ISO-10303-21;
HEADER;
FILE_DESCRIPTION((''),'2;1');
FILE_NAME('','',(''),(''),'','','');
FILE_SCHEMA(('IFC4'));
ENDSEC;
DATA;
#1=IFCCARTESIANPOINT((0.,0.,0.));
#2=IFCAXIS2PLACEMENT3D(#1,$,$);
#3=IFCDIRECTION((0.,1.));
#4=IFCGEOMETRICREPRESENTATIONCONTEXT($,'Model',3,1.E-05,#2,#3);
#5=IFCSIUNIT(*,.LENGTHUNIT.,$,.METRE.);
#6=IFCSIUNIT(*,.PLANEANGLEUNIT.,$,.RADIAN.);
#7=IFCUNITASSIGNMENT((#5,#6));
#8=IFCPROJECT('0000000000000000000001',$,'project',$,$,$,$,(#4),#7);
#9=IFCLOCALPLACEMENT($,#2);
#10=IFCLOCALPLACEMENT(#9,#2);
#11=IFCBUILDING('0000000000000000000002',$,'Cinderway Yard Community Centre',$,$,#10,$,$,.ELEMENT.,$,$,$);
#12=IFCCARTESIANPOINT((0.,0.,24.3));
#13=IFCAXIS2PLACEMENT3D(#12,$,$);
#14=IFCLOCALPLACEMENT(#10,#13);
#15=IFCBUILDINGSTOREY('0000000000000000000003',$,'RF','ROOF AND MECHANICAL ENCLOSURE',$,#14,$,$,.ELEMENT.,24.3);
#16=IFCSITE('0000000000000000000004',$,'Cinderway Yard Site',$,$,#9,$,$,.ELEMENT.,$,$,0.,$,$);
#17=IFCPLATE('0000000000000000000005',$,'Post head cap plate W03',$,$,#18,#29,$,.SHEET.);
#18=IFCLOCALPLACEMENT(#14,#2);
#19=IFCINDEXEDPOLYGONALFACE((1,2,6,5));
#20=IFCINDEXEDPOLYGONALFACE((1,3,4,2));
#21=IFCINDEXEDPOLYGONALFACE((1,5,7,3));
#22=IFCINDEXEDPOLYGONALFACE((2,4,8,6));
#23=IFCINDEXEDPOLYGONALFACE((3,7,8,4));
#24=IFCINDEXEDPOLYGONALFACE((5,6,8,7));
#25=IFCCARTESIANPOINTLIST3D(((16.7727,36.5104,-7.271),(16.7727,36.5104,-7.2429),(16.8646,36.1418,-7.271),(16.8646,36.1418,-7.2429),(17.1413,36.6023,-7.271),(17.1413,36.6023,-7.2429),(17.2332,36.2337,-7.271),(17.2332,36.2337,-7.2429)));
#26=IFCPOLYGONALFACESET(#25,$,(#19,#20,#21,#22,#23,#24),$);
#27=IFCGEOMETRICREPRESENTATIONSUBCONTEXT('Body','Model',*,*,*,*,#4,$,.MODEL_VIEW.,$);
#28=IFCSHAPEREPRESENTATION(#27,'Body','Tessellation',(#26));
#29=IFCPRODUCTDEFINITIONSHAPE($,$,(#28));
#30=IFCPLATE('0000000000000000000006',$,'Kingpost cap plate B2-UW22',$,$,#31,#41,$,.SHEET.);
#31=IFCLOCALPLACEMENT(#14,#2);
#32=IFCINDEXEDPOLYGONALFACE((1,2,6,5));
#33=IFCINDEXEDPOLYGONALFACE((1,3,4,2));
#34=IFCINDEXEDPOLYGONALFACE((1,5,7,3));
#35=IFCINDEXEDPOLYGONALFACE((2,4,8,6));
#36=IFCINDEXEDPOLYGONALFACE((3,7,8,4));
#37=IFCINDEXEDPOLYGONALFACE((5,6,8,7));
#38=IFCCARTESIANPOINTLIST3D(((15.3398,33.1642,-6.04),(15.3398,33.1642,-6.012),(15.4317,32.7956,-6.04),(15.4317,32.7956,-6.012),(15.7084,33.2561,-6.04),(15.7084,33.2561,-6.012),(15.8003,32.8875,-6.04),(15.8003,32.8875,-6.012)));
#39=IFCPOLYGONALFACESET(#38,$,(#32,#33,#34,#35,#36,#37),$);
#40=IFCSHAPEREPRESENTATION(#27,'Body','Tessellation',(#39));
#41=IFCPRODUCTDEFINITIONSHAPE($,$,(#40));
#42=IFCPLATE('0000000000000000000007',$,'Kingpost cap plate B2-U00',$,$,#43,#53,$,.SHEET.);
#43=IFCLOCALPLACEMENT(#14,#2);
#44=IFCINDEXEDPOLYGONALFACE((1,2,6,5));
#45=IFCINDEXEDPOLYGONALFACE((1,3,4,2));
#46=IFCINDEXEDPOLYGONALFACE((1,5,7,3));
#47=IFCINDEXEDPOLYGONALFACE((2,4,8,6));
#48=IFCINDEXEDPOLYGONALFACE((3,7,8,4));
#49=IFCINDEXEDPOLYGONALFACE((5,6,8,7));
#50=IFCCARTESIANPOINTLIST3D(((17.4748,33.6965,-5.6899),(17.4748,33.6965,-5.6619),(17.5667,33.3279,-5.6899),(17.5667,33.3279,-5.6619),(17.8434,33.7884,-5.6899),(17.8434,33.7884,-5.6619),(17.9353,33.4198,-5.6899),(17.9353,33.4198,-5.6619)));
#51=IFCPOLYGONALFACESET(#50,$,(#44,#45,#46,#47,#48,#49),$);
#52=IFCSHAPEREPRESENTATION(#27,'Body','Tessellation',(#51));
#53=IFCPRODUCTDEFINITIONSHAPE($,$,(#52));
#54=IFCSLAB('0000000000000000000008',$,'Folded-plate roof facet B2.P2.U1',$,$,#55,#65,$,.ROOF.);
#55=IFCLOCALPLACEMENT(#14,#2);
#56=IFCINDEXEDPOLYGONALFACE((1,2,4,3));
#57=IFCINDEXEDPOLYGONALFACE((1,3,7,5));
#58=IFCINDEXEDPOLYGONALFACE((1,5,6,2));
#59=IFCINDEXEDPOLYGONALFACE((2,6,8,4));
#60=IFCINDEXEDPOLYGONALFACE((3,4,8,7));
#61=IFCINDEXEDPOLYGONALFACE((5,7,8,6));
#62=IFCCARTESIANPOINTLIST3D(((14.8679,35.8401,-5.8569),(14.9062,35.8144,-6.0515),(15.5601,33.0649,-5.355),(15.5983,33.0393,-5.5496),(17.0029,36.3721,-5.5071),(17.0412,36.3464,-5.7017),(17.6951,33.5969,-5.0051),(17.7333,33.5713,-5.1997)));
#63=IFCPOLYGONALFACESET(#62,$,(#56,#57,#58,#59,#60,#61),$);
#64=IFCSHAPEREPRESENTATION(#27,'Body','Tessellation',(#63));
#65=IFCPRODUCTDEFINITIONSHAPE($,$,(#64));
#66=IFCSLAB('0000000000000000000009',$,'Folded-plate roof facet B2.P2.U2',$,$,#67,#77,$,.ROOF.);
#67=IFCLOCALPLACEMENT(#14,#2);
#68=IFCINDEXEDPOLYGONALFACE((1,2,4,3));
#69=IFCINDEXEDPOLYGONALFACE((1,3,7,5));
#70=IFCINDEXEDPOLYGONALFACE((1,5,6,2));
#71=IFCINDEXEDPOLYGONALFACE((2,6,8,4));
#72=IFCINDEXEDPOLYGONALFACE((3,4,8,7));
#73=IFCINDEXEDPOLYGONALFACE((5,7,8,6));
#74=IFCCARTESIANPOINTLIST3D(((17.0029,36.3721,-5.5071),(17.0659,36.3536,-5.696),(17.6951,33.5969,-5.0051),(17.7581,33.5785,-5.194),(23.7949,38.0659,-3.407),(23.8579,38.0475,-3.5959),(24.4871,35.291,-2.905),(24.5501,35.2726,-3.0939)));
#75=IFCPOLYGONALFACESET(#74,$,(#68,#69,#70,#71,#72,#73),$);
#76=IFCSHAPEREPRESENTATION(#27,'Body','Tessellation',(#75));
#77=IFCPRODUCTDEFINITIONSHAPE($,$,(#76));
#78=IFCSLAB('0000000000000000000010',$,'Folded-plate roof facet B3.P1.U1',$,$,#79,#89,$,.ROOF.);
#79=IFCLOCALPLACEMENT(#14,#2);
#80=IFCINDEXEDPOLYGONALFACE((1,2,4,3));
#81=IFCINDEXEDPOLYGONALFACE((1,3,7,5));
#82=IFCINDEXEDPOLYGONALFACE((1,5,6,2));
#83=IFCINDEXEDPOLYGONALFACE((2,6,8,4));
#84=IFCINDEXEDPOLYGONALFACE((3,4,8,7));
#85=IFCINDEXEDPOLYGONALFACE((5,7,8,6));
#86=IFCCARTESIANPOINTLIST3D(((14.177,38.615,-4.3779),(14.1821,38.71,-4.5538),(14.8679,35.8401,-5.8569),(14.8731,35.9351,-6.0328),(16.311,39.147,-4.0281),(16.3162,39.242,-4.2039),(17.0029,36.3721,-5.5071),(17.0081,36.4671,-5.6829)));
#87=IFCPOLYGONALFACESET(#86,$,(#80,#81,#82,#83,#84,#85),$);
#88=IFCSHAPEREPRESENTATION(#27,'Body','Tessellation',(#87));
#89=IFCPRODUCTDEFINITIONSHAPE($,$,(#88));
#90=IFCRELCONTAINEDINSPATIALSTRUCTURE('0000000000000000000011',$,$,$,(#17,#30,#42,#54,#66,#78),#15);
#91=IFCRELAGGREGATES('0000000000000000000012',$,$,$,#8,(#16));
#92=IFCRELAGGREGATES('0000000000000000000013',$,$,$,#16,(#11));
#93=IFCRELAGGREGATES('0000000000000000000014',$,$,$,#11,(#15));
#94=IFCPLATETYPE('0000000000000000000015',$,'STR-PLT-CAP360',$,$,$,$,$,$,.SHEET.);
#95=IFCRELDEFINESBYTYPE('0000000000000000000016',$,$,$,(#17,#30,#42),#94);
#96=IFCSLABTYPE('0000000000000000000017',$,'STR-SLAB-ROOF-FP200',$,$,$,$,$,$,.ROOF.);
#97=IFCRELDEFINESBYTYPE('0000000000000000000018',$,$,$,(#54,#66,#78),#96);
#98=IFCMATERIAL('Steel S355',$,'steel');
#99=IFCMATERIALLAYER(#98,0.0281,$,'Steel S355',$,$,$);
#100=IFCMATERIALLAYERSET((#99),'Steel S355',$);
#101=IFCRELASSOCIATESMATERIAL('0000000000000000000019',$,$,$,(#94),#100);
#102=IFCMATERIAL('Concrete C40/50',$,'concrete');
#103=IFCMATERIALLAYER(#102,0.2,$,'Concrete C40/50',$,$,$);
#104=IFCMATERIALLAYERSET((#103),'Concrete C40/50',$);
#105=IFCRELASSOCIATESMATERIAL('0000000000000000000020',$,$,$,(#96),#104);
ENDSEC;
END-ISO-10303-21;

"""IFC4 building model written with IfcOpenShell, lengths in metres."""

from ifc_helpers import new_model, si_unit, direction, frame, origin, origin_2d, place, context, subcontext, project, spatial, polyline, rectangle, outline, extrude, material, layer, layer_set, type_object, element, save


model = new_model("IFC4")

# Units and contexts
model_context = context("Model", 3, precision=1e-05, world=origin(), true_north=direction((0.0, 1.0)))
body_context = subcontext(model_context, "Body", "Model", "MODEL_VIEW")
ifc_project = project(units=[si_unit("LENGTHUNIT", "METRE"), si_unit("PLANEANGLEUNIT", "RADIAN")], contexts=[model_context])

# Site, building, storey
site_placement = place(None, origin())
site = spatial("IfcSite", under=ifc_project, at=site_placement, Name="Cinderway Yard Site", CompositionType="ELEMENT", RefElevation=0.0)
building_placement = place(site_placement, origin())
building = spatial("IfcBuilding", under=site, at=building_placement, Name="Cinderway Yard Community Centre", CompositionType="ELEMENT")
storey_placement = place(building_placement, frame((0.0, 0.0, 24.3)))
storey = spatial("IfcBuildingStorey", under=building, at=storey_placement, Name="RF", Description="ROOF AND MECHANICAL ENCLOSURE", CompositionType="ELEMENT", Elevation=24.3)

# Shared definitions
ifc_material_1 = material(Name="Steel S355", Category="steel")

# Shared definitions
ifc_material_2 = material(Name="Concrete C40/50", Category="concrete")

# Plates
ifc_layer_1 = layer(ifc_material_1, 0.0281, Name="Steel S355")
ifc_layer_set_1 = layer_set([ifc_layer_1], Name="Steel S355")
plate_type_1 = type_object("IfcPlateType", Name="STR-PLT-CAP360", PredefinedType="SHEET", material=ifc_layer_set_1)
for number, where, z_axis, x_axis, name in (
    (1, (17.0029, 36.3721, -7.271), (0.0, 0.0, 1.0), (0.970296, 0.241922, 0.0), "Post head cap plate W03"),
    (2, (15.5701, 33.0259, -6.04), (0.0, 0.0, 1.0), (0.970296, 0.241922, 0.0), "Kingpost cap plate B2-UW22"),
    (3, (17.7051, 33.5581, -5.6899), (0.0, 0.0, 1.0), (0.970296, 0.241922, 0.0), "Kingpost cap plate B2-U00"),
):
    element("IfcPlate", number, at=place(storey_placement, frame(where, z_axis=z_axis, x_axis=x_axis)), inside=storey, type_object=plate_type_1, Name=name, PredefinedType="SHEET", context=body_context, shape_type="SweptSolid", body=[
        extrude(rectangle(XDim=0.3799, YDim=0.3799, at=origin_2d()), origin(), (0.0, 0.0, 1.0), 0.0281),
    ])

# Slabs
ifc_layer_2 = layer(ifc_material_2, 0.2, Name="Concrete C40/50")
ifc_layer_set_2 = layer_set([ifc_layer_2], Name="Concrete C40/50")
slab_type = type_object("IfcSlabType", Name="STR-SLAB-ROOF-FP200", PredefinedType="ROOF", material=ifc_layer_set_2)
slab_1_placement = place(storey_placement, frame((15.5601, 33.0649, -5.355), z_axis=(-0.191416, 0.128267, 0.973092), x_axis=(0.958293, 0.238779, 0.157031)))
element("IfcSlab", 4, at=slab_1_placement, inside=storey, type_object=slab_type, Name="Folded-plate roof facet B2.P2.U1", PredefinedType="ROOF", context=body_context, shape_type="SweptSolid", body=[
    extrude(outline(polyline([(0.0, 0.0), (2.2279, 0.0), (2.1485, 2.9028), (-0.0794, 2.9028), (0.0, 0.0)])), origin(), (0.0, 0.0, -1.0), 0.2),
])
slab_2_placement = place(storey_placement, frame((17.6951, 33.5969, -5.0051), z_axis=(-0.315076, 0.092271, 0.94457), x_axis=(0.929351, 0.231803, 0.287356)))
element("IfcSlab", 5, at=slab_2_placement, inside=storey, type_object=slab_type, Name="Folded-plate roof facet B2.P2.U2", PredefinedType="ROOF", context=body_context, shape_type="SweptSolid", body=[
    extrude(outline(polyline([(0.0, 0.0), (7.3083, 0.0), (7.1641, 2.9), (-0.1442, 2.9003), (0.0, 0.0)])), origin(), (0.0, 0.0, -1.0), 0.2),
])
slab_3_placement = place(storey_placement, frame((14.8679, 35.8401, -5.8569), z_axis=(-0.025725, -0.475183, 0.879511), x_axis=(0.958293, 0.238776, 0.157036)))
element("IfcSlab", 6, at=slab_3_placement, inside=storey, type_object=slab_type, Name="Folded-plate roof facet B3.P1.U1", PredefinedType="ROOF", context=body_context, shape_type="SweptSolid", body=[
    extrude(outline(polyline([(0.0, 0.0), (2.2279, 0.0), (2.4597, 3.2113), (0.2327, 3.211), (0.0, 0.0)])), origin(), (0.0, 0.0, -1.0), 0.2),
])

save(model, "model.ifc")
